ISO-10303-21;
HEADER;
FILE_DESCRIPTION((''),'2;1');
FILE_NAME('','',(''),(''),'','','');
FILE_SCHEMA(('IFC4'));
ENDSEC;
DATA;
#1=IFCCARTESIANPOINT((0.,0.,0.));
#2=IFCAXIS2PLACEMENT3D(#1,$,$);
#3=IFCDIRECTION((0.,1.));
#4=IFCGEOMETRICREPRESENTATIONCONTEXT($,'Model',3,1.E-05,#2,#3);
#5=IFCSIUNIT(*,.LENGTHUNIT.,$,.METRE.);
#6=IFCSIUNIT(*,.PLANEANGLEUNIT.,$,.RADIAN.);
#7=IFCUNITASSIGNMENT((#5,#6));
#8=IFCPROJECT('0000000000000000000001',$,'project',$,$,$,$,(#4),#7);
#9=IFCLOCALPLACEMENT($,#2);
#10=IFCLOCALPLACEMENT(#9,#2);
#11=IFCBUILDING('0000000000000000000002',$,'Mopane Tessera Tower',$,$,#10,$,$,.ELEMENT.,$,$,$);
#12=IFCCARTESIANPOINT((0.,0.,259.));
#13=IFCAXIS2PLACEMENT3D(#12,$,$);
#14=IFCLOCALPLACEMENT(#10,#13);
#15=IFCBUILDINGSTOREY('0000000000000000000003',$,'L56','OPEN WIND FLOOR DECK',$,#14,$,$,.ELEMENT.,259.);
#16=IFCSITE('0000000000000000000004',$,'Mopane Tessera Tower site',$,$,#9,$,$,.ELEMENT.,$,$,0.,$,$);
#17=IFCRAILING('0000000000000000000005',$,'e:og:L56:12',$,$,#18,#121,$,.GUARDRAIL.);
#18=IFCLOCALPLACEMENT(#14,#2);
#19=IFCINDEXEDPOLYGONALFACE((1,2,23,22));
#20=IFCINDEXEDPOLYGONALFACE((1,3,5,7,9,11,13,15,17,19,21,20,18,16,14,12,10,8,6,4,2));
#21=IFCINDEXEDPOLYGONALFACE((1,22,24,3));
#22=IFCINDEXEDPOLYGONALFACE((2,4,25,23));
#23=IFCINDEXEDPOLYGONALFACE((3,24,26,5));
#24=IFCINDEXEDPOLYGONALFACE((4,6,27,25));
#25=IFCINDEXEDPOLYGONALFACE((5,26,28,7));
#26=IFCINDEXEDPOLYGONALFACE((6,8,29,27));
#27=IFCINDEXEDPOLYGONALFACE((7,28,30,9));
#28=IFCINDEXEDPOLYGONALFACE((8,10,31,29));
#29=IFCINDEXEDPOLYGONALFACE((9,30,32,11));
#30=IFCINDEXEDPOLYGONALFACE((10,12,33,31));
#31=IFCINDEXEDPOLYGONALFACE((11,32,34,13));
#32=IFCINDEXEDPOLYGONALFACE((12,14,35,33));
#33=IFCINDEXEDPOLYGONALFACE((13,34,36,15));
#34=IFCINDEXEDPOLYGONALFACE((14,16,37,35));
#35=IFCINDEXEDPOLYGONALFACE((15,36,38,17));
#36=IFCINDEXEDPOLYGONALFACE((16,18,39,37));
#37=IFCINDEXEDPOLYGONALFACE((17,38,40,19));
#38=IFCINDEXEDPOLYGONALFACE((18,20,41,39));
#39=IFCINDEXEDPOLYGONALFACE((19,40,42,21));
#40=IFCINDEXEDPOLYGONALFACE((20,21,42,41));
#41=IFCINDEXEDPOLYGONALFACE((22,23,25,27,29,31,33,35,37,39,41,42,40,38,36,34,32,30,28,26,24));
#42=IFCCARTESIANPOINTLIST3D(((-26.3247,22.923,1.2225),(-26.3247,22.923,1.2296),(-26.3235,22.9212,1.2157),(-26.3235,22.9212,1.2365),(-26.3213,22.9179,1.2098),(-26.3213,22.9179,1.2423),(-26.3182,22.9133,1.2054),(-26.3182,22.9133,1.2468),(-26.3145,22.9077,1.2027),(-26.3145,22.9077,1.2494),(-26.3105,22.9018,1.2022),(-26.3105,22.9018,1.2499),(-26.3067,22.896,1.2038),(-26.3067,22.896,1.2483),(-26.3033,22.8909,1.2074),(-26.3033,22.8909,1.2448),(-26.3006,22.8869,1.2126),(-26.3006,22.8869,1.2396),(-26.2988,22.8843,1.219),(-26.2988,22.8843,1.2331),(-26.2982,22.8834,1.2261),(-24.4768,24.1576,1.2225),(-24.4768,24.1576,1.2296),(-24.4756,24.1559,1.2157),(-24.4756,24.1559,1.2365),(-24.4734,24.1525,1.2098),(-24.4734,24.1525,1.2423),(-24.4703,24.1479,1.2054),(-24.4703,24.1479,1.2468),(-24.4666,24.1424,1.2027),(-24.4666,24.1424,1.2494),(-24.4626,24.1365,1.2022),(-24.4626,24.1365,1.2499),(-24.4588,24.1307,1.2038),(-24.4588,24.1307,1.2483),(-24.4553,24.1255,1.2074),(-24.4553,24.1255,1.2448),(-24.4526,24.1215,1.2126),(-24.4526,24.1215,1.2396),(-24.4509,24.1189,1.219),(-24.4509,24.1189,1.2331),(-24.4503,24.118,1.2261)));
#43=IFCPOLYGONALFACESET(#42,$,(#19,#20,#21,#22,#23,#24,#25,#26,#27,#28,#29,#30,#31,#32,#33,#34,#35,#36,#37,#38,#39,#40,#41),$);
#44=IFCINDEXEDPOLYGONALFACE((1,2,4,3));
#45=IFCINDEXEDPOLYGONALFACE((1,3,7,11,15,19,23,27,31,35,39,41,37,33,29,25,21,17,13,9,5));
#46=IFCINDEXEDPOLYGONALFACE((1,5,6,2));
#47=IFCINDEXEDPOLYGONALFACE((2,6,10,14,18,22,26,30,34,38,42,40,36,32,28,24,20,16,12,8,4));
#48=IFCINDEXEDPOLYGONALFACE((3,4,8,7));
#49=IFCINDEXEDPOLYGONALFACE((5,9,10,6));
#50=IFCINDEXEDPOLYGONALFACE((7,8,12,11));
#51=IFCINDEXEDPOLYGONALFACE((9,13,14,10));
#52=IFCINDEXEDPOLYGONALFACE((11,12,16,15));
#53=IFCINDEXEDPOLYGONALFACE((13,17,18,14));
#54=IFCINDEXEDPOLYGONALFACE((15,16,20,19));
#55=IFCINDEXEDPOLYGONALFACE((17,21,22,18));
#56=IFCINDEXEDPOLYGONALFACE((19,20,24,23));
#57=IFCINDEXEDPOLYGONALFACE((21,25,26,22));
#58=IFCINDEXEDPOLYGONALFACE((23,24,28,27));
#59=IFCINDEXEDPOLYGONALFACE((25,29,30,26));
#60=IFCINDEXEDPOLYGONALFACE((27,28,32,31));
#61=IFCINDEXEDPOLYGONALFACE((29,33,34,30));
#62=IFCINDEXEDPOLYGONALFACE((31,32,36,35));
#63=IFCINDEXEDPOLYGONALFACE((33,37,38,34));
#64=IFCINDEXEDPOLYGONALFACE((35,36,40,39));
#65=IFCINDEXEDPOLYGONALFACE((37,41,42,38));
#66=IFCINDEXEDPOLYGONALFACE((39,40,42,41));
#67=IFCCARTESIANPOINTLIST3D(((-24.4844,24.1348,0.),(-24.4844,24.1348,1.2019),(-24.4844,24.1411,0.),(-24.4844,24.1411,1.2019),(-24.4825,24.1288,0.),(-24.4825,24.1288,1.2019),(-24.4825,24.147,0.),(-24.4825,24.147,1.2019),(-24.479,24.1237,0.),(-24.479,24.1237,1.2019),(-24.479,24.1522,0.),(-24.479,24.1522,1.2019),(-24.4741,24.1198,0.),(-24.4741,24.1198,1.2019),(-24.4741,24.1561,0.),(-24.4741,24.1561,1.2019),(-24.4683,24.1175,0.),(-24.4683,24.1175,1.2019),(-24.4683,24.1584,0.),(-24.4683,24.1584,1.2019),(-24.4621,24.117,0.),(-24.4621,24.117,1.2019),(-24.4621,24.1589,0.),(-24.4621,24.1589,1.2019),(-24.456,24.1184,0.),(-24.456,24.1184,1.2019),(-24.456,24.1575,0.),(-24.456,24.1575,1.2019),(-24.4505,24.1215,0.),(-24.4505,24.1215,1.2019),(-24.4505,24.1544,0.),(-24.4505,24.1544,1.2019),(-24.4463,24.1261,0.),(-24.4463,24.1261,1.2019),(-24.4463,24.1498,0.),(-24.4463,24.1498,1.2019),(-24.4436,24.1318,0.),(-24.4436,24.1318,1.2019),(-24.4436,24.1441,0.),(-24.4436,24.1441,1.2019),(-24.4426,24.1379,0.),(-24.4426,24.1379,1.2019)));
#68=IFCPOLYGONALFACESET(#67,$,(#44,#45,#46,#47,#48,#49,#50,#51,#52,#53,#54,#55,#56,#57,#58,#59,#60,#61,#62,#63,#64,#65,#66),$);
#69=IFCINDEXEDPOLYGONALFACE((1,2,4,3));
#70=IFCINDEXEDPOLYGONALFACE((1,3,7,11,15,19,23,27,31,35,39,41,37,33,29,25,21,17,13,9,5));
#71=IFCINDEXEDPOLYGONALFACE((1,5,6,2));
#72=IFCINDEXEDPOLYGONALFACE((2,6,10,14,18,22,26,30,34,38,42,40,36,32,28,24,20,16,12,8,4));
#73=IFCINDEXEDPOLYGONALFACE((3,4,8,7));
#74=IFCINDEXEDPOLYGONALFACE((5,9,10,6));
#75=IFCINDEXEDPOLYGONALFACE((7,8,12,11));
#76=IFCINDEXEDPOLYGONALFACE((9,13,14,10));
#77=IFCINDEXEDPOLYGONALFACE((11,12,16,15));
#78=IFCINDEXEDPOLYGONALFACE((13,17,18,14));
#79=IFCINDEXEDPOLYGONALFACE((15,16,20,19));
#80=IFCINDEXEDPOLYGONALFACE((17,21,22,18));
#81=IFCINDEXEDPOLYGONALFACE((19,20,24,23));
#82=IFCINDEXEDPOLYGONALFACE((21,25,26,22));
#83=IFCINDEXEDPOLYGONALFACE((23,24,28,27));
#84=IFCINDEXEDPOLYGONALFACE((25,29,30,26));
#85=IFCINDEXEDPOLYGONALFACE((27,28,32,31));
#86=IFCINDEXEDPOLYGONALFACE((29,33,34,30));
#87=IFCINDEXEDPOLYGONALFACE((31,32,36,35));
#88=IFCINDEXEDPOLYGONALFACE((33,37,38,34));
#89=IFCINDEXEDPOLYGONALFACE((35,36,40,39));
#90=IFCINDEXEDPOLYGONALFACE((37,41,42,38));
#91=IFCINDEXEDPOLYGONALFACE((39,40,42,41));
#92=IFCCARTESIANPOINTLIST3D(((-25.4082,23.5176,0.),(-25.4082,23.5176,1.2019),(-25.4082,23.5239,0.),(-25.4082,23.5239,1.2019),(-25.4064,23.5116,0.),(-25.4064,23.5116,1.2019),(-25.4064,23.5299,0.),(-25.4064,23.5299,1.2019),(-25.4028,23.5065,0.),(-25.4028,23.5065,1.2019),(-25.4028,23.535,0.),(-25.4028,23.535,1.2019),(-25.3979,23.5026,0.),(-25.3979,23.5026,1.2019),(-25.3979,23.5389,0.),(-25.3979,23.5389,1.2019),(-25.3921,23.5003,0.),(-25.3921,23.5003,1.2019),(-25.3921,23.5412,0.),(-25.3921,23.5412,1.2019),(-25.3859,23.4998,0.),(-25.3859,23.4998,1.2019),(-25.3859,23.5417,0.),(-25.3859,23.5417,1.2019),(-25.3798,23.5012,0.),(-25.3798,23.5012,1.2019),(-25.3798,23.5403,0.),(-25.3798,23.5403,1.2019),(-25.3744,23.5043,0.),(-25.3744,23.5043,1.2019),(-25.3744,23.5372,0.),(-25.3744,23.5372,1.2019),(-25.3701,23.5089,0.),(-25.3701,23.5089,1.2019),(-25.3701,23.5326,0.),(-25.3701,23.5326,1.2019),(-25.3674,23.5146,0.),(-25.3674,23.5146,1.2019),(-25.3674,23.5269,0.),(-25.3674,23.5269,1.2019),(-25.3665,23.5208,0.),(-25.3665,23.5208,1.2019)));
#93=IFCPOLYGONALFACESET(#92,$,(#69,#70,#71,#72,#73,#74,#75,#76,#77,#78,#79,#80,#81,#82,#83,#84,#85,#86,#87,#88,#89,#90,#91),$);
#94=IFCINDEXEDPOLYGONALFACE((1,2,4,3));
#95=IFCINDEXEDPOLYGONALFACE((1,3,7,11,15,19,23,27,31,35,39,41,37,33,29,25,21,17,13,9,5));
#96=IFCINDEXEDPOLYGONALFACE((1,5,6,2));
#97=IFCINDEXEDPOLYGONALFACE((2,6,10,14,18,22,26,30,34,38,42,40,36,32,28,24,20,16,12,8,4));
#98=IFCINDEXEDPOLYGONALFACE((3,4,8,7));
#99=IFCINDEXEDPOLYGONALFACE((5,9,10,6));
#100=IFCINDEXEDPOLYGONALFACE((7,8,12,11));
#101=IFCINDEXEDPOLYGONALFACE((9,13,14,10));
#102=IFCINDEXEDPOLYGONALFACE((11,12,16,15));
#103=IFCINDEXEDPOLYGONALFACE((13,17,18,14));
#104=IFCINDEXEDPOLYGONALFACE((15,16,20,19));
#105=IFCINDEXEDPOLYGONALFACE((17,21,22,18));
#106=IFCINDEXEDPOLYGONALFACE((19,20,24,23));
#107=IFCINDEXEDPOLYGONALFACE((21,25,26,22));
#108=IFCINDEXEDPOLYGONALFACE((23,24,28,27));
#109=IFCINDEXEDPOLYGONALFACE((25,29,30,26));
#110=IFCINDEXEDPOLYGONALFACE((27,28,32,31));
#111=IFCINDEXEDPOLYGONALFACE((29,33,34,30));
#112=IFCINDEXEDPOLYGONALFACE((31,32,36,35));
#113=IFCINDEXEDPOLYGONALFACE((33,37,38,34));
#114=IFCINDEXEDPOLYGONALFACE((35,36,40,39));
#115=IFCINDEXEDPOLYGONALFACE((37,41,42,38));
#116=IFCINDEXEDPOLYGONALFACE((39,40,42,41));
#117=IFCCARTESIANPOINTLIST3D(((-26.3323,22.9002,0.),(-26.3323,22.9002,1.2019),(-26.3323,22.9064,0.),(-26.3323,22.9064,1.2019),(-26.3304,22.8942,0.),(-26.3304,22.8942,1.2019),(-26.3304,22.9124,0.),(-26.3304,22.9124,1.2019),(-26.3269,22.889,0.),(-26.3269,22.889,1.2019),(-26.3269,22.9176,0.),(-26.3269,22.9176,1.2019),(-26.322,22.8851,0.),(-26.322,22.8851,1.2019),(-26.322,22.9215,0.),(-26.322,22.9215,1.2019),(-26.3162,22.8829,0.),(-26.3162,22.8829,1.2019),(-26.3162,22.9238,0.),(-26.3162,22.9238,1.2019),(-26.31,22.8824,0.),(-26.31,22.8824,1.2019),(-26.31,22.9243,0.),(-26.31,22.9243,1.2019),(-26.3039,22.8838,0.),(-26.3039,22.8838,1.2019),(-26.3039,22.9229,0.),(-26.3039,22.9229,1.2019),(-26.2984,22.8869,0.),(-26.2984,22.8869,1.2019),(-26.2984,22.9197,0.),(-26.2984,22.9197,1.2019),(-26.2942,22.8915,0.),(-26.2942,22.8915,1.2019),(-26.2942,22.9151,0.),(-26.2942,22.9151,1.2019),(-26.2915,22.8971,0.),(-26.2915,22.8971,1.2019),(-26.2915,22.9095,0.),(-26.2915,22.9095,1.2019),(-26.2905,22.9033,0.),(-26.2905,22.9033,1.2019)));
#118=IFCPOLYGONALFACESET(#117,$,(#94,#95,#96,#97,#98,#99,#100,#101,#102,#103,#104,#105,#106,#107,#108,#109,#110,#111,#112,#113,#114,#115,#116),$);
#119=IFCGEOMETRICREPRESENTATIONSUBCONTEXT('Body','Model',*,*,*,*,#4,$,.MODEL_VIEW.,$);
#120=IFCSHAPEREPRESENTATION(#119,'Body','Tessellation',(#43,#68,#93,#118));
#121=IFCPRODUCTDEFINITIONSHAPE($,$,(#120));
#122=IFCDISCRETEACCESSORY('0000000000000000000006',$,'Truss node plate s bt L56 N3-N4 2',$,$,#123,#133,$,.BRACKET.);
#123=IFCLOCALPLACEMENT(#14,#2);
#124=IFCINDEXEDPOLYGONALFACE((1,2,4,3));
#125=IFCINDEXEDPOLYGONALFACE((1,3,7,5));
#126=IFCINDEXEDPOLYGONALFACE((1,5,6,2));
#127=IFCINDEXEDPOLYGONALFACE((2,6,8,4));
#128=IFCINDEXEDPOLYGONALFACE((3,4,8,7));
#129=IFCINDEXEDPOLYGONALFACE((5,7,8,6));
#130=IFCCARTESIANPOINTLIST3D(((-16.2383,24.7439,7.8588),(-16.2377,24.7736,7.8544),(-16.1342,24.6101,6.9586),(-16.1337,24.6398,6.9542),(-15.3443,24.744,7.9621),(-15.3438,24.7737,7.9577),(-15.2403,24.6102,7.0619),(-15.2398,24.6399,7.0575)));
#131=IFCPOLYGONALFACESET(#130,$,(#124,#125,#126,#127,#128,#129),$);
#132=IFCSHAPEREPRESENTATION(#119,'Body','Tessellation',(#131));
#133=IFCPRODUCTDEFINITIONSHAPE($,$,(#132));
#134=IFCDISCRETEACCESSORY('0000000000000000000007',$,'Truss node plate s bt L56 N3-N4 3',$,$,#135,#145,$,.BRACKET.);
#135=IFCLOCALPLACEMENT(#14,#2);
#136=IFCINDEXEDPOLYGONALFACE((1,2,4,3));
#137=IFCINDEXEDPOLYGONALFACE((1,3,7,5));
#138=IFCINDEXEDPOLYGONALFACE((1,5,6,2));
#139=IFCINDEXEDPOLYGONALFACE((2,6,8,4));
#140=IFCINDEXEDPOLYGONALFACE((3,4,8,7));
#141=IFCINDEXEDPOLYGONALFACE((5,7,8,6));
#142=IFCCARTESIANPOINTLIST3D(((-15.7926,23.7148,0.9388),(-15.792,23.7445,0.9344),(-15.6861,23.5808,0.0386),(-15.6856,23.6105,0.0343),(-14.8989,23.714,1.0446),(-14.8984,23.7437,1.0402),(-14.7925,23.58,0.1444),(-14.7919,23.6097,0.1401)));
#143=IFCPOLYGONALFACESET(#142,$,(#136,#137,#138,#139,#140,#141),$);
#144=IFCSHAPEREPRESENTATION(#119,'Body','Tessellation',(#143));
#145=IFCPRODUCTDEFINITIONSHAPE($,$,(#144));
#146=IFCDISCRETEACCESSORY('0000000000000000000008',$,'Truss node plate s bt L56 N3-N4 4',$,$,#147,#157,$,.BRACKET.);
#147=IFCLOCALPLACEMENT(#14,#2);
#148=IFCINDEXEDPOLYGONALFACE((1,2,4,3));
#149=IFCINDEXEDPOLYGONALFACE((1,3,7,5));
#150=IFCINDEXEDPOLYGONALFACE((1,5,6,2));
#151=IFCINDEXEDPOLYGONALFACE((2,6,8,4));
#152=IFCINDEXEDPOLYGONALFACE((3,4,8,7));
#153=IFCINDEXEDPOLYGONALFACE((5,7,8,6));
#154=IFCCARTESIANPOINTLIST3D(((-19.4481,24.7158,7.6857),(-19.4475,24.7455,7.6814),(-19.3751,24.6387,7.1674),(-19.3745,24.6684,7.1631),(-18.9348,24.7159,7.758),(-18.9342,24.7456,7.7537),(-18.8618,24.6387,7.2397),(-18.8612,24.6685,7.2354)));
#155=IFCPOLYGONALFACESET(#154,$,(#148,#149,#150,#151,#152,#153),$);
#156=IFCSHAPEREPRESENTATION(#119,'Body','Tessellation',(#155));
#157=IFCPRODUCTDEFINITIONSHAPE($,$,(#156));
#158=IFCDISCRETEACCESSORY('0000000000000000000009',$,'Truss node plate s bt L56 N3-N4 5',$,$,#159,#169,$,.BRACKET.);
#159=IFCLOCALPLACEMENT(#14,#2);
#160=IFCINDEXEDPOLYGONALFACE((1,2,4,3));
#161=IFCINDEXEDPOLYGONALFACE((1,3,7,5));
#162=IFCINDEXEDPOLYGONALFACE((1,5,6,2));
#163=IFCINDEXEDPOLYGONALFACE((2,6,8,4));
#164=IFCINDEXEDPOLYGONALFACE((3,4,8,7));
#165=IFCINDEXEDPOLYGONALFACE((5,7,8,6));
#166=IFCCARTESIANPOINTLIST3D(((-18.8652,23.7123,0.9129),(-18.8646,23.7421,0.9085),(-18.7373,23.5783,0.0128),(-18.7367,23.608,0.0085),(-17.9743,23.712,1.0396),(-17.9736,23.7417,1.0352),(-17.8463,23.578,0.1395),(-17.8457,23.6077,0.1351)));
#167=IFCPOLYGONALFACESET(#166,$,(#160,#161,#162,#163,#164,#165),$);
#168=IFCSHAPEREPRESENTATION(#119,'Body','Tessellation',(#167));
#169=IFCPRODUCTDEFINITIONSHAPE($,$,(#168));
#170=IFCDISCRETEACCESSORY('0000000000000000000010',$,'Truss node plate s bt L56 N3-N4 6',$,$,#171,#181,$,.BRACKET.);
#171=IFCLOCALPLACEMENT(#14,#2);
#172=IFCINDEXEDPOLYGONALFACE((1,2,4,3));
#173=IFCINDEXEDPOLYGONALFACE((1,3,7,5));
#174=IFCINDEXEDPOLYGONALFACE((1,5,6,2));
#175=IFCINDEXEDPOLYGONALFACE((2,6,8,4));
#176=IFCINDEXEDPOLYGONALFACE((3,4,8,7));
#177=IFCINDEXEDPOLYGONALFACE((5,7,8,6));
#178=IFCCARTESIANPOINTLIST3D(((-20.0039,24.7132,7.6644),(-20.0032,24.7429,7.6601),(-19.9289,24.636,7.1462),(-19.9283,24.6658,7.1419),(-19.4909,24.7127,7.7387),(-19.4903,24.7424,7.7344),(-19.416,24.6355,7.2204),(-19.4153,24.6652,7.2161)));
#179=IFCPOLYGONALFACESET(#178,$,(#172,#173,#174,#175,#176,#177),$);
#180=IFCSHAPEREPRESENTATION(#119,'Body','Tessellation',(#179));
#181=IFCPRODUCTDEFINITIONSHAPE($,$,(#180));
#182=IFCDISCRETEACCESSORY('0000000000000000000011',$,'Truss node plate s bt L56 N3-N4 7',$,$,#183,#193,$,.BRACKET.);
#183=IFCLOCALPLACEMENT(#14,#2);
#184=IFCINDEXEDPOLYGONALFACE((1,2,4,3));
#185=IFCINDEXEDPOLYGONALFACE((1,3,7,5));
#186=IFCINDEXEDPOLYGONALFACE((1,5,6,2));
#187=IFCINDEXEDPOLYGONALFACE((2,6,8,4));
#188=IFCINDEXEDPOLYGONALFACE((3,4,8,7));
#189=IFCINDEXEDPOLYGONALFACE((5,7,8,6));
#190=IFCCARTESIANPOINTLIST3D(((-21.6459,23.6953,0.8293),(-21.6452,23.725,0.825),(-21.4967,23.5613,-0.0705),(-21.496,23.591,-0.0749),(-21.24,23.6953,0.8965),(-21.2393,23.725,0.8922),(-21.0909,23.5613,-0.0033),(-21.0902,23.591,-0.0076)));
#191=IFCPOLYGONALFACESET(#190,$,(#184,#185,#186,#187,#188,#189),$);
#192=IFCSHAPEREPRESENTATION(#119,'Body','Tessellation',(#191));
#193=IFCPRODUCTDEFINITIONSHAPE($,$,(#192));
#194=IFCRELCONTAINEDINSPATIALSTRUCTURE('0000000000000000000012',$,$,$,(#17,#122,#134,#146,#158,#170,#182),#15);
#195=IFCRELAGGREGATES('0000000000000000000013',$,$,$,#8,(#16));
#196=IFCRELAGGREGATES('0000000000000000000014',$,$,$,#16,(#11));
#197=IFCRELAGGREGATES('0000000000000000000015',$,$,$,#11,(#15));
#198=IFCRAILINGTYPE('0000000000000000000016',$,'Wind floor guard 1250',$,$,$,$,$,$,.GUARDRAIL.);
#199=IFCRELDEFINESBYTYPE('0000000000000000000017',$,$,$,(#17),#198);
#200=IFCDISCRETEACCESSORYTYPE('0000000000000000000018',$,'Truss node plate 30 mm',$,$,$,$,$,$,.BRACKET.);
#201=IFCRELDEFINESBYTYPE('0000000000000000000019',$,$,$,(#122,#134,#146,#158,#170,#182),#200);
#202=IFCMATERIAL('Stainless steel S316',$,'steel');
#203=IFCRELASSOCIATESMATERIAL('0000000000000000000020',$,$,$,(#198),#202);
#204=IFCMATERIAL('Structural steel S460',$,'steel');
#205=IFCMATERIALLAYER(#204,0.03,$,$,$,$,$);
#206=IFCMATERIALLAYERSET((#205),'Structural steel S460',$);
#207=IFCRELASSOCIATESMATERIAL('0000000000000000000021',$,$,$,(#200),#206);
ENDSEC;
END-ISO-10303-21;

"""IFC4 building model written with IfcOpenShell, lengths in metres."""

from ifc_helpers import new_model, si_unit, direction, frame, origin, origin_2d, place, context, subcontext, project, spatial, rectangle, circle, extrude, material, layer, layer_set, type_object, element, save


model = new_model("IFC4")

# Units and contexts
model_context = context("Model", 3, precision=1e-05, world=origin(), true_north=direction((0.0, 1.0)))
body_context = subcontext(model_context, "Body", "Model", "MODEL_VIEW")
ifc_project = project(units=[si_unit("LENGTHUNIT", "METRE"), si_unit("PLANEANGLEUNIT", "RADIAN")], contexts=[model_context])

# Site, building, storey
site_placement = place(None, origin())
site = spatial("IfcSite", under=ifc_project, at=site_placement, Name="Mopane Tessera Tower site", CompositionType="ELEMENT", RefElevation=0.0)
building_placement = place(site_placement, origin())
building = spatial("IfcBuilding", under=site, at=building_placement, Name="Mopane Tessera Tower", CompositionType="ELEMENT")
storey_placement = place(building_placement, frame((0.0, 0.0, 259.0)))
storey = spatial("IfcBuildingStorey", under=building, at=storey_placement, Name="L56", Description="OPEN WIND FLOOR DECK", CompositionType="ELEMENT", Elevation=259.0)

# Railing
ifc_material_1 = material(Name="Stainless steel S316", Category="steel")
railing_type = type_object("IfcRailingType", Name="Wind floor guard 1250", PredefinedType="GUARDRAIL", material=ifc_material_1)
railing_1_placement = place(storey_placement, frame((-24.4636, 24.1379, 0.0)))
element("IfcRailing", 1, at=railing_1_placement, inside=storey, type_object=railing_type, Name="e:og:L56:12", PredefinedType="GUARDRAIL", context=body_context, shape_type="SweptSolid", body=[
    extrude(circle(Radius=0.0239, at=origin_2d()), frame((0.0, 0.0, 1.2261), z_axis=(-0.831492, -0.555537, 0.0), x_axis=(0.555537, -0.831492, 0.0)), (0.0, 0.0, 1.0), 2.2224),
    extrude(circle(Radius=0.021, at=origin_2d()), origin(), (0.0, 0.0, 1.0), 1.2019),
    extrude(circle(Radius=0.021, at=origin_2d()), frame((-0.9238, -0.6172, 0.0)), (0.0, 0.0, 1.0), 1.2019),
    extrude(circle(Radius=0.021, at=origin_2d()), frame((-1.8479, -1.2346, 0.0)), (0.0, 0.0, 1.0), 1.2019),
])

# Discrete accessories
ifc_material_2 = material(Name="Structural steel S460", Category="steel")
ifc_layer_1 = layer(ifc_material_2, 0.03)
ifc_layer_set_1 = layer_set([ifc_layer_1], Name="Structural steel S460")
discrete_accessory_type = type_object("IfcDiscreteAccessoryType", Name="Truss node plate 30 mm", PredefinedType="BRACKET", material=ifc_layer_set_1)
discrete_accessory_1_placement = place(storey_placement, frame((-15.687, 24.625, 7.0081), z_axis=(-0.113547, 0.146065, 0.982737), x_axis=(-0.016699, -0.989275, 0.145107)))
element("IfcDiscreteAccessory", 2, at=discrete_accessory_1_placement, inside=storey, type_object=discrete_accessory_type, Name="Truss node plate s bt L56 N3-N4 2", PredefinedType="BRACKET", context=body_context, shape_type="SweptSolid", body=[
    extrude(rectangle(XDim=0.03, YDim=0.8999, at=origin_2d()), origin(), (0.0, 0.0, 1.0), 0.916),
])
discrete_accessory_2_placement = place(storey_placement, frame((-15.239, 23.5952, 0.0894), z_axis=(-0.116172, 0.146281, 0.982398), x_axis=(-0.018071, -0.989243, 0.145163)))
element("IfcDiscreteAccessory", 3, at=discrete_accessory_2_placement, inside=storey, type_object=discrete_accessory_type, Name="Truss node plate s bt L56 N3-N4 3", PredefinedType="BRACKET", context=body_context, shape_type="SweptSolid", body=[
    extrude(rectangle(XDim=0.03, YDim=0.8999, at=origin_2d()), origin(), (0.0, 0.0, 1.0), 0.9163),
])
discrete_accessory_3_placement = place(storey_placement, frame((-19.1182, 24.6536, 7.2014), z_axis=(-0.137971, 0.145816, 0.979644), x_axis=(-0.020185, -0.989312, 0.144412)))
element("IfcDiscreteAccessory", 4, at=discrete_accessory_3_placement, inside=storey, type_object=discrete_accessory_type, Name="Truss node plate s bt L56 N3-N4 4", PredefinedType="BRACKET", context=body_context, shape_type="SweptSolid", body=[
    extrude(rectangle(XDim=0.03, YDim=0.5183, at=origin_2d()), origin(), (0.0, 0.0, 1.0), 0.5291),
])
discrete_accessory_4_placement = place(storey_placement, frame((-18.2915, 23.593, 0.074), z_axis=(-0.139203, 0.145844, 0.979465), x_axis=(-0.020877, -0.989308, 0.144342)))
element("IfcDiscreteAccessory", 5, at=discrete_accessory_4_placement, inside=storey, type_object=discrete_accessory_type, Name="Truss node plate s bt L56 N3-N4 5", PredefinedType="BRACKET", context=body_context, shape_type="SweptSolid", body=[
    extrude(rectangle(XDim=0.03, YDim=0.8999, at=origin_2d()), origin(), (0.0, 0.0, 1.0), 0.9189),
])
discrete_accessory_5_placement = place(storey_placement, frame((-19.6721, 24.6506, 7.1812), z_axis=(-0.14159, 0.145741, 0.979138), x_axis=(-0.021874, -0.989322, 0.144094)))
element("IfcDiscreteAccessory", 6, at=discrete_accessory_5_placement, inside=storey, type_object=discrete_accessory_type, Name="Truss node plate s bt L56 N3-N4 6", PredefinedType="BRACKET", context=body_context, shape_type="SweptSolid", body=[
    extrude(rectangle(XDim=0.03, YDim=0.5183, at=origin_2d()), origin(), (0.0, 0.0, 1.0), 0.5293),
])
discrete_accessory_6_placement = place(storey_placement, frame((-21.2935, 23.5762, -0.0391), z_axis=(-0.161794, 0.145376, 0.976058), x_axis=(-0.023753, -0.989376, 0.143422)))
element("IfcDiscreteAccessory", 7, at=discrete_accessory_6_placement, inside=storey, type_object=discrete_accessory_type, Name="Truss node plate s bt L56 N3-N4 7", PredefinedType="BRACKET", context=body_context, shape_type="SweptSolid", body=[
    extrude(rectangle(XDim=0.03, YDim=0.4114, at=origin_2d()), origin(), (0.0, 0.0, 1.0), 0.9219),
])

save(model, "model.ifc")
